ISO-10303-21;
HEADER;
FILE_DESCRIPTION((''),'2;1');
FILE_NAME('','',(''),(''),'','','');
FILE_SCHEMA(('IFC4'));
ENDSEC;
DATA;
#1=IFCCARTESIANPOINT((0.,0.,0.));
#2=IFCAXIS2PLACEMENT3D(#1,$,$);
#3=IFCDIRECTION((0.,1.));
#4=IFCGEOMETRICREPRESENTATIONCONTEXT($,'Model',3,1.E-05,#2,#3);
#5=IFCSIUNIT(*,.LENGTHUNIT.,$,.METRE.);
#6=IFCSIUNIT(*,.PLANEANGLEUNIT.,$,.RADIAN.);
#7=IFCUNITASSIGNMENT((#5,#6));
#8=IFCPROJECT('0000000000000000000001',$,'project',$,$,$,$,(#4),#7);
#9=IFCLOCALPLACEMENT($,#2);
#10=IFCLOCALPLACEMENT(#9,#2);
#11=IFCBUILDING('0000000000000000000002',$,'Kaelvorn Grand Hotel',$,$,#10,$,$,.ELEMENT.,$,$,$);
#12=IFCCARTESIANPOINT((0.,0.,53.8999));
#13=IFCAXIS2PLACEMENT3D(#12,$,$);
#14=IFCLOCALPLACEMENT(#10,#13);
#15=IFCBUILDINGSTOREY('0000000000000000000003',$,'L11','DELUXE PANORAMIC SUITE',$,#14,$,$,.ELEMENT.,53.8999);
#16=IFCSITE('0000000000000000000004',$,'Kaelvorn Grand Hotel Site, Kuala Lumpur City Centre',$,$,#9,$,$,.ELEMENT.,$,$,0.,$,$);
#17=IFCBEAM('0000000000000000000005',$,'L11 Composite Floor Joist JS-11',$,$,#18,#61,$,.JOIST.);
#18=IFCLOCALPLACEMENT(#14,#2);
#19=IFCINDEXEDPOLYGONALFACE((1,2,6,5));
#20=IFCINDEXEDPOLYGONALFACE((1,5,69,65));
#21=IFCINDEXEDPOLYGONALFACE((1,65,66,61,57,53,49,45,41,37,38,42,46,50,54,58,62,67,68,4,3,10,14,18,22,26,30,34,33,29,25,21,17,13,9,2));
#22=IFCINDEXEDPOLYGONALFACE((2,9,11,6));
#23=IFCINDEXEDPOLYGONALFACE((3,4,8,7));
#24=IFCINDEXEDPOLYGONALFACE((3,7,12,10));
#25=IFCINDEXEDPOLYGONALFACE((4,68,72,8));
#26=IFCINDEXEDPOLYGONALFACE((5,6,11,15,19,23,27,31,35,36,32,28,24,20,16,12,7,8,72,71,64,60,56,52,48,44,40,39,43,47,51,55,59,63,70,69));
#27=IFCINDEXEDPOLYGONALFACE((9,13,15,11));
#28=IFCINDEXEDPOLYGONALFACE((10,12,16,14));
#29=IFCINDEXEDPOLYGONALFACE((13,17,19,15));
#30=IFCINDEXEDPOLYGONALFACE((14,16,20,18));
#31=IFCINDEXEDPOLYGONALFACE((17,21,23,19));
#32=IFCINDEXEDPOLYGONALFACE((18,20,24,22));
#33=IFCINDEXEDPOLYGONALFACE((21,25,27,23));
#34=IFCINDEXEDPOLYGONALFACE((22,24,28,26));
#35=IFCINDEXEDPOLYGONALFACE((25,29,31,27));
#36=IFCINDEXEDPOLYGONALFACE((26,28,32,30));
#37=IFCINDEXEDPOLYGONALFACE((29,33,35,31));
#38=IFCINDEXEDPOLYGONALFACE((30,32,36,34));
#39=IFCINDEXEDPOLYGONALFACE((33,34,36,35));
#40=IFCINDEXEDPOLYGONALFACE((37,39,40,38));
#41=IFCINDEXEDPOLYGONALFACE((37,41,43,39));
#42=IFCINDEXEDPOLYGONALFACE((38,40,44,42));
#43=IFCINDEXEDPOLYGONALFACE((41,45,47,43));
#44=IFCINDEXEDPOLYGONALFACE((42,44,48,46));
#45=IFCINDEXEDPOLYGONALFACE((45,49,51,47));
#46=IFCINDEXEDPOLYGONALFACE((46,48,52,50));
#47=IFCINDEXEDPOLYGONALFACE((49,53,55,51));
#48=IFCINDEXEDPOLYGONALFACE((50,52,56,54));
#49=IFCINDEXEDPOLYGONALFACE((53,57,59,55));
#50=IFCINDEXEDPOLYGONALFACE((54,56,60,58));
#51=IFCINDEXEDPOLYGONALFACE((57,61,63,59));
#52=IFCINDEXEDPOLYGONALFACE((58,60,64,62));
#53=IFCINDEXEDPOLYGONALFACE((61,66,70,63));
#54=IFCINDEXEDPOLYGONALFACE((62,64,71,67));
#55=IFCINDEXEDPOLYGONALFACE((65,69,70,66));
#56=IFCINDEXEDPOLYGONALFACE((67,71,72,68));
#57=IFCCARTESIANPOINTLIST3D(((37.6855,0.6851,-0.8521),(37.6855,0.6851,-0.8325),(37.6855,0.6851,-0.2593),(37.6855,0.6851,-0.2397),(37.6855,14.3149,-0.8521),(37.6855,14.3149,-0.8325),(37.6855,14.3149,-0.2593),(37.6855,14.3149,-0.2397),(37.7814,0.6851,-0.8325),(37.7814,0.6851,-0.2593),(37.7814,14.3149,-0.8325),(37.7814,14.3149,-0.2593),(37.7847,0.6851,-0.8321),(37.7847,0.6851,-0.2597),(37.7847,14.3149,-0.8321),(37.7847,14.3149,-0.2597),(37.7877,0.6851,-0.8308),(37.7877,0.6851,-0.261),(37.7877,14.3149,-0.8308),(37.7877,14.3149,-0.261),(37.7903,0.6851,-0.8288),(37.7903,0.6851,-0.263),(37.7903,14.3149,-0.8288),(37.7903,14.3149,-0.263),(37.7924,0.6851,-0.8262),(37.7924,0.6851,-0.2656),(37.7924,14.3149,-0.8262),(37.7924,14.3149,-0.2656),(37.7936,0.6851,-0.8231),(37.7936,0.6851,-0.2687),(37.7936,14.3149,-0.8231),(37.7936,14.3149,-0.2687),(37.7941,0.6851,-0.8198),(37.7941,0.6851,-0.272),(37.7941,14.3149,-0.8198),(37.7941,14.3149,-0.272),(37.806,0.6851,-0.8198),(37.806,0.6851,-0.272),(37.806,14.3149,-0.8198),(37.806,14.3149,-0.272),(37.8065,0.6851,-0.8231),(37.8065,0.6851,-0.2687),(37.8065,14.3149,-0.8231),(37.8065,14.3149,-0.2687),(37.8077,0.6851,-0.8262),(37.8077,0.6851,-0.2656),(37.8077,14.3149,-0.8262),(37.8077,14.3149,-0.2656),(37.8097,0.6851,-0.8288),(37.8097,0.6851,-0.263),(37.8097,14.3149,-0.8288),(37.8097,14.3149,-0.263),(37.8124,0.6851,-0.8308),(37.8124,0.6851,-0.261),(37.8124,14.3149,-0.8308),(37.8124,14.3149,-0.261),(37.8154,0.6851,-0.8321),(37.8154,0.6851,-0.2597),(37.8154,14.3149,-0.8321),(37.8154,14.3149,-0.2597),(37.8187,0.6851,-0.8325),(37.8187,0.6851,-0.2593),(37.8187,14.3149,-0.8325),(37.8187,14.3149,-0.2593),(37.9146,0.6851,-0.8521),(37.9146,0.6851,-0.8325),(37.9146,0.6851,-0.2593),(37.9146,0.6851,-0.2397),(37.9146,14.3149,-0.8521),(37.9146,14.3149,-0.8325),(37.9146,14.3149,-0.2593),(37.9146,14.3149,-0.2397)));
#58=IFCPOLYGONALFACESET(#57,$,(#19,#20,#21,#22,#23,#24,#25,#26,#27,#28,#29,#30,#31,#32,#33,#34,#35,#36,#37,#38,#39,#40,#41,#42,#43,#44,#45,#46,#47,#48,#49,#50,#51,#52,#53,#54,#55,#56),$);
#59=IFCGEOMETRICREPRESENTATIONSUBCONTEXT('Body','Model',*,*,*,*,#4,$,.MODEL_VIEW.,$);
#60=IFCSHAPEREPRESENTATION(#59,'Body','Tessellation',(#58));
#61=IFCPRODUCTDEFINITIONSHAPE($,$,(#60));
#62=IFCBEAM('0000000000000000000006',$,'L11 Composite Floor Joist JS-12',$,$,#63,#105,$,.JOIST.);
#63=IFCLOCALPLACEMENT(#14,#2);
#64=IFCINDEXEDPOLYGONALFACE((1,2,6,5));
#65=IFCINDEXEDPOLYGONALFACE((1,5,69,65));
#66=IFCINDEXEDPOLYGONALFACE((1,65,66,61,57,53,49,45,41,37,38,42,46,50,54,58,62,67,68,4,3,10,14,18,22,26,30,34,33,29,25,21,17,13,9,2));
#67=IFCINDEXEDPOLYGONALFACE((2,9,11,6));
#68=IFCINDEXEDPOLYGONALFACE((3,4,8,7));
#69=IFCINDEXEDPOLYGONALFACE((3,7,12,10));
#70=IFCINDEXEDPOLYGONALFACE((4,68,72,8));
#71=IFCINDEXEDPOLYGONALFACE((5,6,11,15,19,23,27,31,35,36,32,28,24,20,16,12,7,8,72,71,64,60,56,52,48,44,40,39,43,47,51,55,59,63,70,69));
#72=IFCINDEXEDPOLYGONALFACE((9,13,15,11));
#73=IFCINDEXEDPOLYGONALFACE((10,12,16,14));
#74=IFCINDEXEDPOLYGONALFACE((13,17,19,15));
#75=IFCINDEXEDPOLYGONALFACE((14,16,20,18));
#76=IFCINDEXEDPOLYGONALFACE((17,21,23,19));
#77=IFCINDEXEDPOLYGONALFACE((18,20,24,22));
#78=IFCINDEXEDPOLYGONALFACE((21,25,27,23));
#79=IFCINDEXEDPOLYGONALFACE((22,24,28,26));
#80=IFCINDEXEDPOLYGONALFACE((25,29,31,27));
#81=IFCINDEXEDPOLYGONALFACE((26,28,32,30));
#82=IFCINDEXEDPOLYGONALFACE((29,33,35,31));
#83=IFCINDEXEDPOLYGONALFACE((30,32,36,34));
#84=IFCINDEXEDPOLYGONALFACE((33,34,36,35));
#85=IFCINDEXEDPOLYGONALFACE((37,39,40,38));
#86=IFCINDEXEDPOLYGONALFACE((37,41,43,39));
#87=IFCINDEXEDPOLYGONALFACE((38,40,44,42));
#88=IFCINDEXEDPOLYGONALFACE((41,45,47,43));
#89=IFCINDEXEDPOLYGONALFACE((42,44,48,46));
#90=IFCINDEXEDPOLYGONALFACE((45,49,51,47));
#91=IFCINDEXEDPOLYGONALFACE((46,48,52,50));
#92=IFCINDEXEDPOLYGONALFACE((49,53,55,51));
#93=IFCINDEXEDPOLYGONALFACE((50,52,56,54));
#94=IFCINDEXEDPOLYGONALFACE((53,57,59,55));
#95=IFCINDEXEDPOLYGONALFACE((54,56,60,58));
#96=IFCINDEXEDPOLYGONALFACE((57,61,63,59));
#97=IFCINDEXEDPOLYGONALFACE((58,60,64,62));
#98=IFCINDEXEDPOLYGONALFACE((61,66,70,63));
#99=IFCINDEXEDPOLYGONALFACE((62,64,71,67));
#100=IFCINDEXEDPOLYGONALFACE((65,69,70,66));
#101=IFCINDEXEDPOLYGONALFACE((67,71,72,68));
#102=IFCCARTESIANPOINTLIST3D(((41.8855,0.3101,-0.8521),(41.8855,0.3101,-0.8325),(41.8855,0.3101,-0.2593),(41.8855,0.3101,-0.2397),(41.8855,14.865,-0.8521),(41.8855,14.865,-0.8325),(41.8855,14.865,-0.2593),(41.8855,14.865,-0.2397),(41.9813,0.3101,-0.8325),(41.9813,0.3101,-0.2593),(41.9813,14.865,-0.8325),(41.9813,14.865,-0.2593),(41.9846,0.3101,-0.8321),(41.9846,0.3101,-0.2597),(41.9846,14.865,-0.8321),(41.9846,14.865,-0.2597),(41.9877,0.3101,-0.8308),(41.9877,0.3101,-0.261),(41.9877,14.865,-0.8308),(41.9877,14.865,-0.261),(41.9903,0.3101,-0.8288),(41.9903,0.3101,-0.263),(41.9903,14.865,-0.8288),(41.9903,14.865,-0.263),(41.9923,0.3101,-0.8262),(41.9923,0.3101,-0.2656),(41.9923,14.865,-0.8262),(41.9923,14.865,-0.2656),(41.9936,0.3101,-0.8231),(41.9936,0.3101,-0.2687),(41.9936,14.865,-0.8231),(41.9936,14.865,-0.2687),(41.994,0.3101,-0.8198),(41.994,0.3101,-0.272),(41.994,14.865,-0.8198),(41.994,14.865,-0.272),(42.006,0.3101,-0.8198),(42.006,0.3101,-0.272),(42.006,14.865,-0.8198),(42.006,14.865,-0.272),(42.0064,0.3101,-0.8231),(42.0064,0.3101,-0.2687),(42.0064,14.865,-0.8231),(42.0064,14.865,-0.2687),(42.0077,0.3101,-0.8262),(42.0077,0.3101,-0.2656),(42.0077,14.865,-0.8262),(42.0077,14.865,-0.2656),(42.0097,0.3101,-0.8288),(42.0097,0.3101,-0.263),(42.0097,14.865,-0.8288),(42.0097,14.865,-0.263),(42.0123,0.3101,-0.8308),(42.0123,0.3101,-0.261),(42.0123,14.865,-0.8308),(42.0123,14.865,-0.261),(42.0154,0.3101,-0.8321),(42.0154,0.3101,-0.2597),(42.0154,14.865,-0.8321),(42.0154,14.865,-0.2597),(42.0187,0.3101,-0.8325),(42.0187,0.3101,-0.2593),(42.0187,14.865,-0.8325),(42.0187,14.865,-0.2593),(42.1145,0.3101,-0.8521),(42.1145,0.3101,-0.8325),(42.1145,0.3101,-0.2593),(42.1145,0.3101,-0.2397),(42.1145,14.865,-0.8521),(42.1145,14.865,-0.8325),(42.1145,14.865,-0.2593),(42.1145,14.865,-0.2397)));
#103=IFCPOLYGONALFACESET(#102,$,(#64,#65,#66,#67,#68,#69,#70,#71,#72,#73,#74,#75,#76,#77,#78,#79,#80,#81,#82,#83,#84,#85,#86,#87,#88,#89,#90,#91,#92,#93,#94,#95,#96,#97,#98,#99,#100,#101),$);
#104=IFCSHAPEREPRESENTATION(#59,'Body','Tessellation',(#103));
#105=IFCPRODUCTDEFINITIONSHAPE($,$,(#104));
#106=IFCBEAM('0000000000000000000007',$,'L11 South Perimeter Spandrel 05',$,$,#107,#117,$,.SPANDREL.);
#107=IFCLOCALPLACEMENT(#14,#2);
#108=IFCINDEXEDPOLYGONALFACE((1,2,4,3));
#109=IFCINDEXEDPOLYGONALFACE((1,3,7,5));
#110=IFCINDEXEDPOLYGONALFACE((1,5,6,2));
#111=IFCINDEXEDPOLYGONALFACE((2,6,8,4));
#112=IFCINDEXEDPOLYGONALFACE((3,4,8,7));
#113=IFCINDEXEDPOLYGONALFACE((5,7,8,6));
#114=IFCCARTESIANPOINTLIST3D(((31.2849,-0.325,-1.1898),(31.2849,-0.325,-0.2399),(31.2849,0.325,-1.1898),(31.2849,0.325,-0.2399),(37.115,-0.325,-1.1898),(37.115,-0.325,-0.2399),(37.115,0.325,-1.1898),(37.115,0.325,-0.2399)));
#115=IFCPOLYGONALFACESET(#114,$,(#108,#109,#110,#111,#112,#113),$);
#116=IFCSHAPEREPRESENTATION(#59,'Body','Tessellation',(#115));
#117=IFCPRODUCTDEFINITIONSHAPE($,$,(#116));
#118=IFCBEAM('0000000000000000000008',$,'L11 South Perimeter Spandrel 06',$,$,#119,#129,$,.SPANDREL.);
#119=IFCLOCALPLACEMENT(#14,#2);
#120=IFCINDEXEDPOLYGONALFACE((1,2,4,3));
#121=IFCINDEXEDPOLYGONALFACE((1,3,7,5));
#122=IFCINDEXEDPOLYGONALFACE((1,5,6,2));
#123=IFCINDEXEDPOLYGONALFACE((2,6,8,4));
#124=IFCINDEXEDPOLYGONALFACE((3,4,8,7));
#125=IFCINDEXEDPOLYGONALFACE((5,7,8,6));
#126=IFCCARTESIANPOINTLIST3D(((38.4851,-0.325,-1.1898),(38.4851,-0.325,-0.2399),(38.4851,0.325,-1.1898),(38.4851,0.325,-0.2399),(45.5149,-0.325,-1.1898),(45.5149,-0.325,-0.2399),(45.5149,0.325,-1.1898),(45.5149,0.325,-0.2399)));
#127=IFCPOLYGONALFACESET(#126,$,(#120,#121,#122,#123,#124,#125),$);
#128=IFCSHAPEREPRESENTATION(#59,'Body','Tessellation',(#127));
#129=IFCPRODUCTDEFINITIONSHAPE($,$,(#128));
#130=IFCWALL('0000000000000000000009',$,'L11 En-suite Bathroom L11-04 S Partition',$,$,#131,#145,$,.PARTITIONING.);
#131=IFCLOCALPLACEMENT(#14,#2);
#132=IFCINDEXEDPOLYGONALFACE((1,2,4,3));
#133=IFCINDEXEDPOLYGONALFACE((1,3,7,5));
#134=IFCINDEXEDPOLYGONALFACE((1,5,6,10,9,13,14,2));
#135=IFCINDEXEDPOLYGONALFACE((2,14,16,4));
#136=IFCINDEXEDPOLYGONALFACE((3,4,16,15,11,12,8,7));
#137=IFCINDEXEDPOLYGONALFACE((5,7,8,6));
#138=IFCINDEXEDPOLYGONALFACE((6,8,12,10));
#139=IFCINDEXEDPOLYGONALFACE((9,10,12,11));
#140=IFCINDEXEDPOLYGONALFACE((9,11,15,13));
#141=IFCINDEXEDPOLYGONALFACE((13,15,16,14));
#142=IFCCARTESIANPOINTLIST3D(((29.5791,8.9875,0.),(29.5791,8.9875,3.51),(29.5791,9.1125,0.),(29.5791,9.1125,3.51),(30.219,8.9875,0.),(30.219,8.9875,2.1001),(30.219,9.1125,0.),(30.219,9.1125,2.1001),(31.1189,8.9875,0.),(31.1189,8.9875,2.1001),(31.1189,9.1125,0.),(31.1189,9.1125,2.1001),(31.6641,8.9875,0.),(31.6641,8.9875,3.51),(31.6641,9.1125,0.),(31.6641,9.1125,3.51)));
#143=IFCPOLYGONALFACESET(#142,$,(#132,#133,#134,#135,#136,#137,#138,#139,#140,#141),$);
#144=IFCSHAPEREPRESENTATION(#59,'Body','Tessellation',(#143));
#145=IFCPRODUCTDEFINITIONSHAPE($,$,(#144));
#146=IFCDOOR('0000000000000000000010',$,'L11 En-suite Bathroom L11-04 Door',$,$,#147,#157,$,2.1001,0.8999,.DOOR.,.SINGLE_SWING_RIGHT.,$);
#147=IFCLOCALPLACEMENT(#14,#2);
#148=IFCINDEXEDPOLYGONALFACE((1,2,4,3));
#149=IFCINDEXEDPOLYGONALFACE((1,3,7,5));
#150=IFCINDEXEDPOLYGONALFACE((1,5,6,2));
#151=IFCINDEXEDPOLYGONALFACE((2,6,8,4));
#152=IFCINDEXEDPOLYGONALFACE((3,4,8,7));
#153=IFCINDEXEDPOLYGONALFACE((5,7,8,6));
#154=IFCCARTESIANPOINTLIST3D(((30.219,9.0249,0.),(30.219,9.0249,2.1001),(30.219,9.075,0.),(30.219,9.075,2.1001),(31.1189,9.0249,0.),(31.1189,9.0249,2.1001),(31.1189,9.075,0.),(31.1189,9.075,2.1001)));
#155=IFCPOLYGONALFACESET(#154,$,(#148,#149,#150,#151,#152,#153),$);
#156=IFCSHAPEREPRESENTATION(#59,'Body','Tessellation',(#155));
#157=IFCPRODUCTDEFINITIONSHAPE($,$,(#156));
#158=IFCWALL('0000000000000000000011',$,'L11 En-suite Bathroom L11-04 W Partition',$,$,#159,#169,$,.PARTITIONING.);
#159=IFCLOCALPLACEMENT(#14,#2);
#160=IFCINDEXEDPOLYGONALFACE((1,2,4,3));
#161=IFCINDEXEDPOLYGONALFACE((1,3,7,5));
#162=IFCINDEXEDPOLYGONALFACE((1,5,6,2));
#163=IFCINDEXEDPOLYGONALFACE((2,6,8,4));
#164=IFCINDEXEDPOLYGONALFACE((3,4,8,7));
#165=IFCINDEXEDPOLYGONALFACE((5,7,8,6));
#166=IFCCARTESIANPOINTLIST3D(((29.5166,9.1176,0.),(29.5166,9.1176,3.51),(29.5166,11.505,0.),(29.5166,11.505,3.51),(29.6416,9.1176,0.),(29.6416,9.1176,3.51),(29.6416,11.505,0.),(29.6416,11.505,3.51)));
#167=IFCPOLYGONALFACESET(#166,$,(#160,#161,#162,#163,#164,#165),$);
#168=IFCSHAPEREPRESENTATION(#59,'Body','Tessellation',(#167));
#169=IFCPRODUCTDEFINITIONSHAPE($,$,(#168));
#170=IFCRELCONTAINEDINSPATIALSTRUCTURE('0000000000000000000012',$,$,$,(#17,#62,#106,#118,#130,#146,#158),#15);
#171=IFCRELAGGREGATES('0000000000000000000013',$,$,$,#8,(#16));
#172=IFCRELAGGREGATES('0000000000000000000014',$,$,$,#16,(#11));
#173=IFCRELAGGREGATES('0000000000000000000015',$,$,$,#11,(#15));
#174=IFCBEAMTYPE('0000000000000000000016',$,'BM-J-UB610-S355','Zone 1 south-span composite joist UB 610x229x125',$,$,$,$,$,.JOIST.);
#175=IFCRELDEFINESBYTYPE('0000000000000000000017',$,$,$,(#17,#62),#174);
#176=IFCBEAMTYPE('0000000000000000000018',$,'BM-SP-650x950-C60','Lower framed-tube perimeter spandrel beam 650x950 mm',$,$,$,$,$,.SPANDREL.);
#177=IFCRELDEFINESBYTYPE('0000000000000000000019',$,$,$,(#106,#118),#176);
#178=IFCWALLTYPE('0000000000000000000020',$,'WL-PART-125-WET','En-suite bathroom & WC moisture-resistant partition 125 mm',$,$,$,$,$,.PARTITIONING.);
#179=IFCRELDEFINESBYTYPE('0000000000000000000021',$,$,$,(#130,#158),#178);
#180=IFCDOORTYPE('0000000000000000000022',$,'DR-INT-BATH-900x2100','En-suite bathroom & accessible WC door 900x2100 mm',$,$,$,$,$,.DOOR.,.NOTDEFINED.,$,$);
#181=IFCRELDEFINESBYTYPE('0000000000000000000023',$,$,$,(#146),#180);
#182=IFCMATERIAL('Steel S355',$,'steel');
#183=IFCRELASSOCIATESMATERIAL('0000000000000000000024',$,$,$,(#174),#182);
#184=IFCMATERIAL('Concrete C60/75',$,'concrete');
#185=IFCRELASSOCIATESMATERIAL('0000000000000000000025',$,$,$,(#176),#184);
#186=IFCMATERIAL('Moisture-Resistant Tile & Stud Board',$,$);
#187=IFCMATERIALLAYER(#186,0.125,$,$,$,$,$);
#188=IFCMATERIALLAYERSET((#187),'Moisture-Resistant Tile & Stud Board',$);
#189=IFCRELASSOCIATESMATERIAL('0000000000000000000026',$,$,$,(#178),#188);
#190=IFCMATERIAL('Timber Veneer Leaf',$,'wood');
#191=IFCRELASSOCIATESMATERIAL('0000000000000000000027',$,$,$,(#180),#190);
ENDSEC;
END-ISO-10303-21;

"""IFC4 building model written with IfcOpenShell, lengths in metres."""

from ifc_helpers import new_model, si_unit, direction, frame, frame_2d, origin, origin_2d, place, context, subcontext, project, spatial, rectangle, i_section, extrude, material, layer, layer_set, material_profile, profile_set, type_object, element, fill, save


model = new_model("IFC4")

# Units and contexts
model_context = context("Model", 3, precision=1e-05, world=origin(), true_north=direction((0.0, 1.0)))
body_context = subcontext(model_context, "Body", "Model", "MODEL_VIEW")
ifc_project = project(units=[si_unit("LENGTHUNIT", "METRE"), si_unit("PLANEANGLEUNIT", "RADIAN")], contexts=[model_context])

# Site, building, storey
site_placement = place(None, origin())
site = spatial("IfcSite", under=ifc_project, at=site_placement, Name="Kaelvorn Grand Hotel Site, Kuala Lumpur City Centre", CompositionType="ELEMENT", RefElevation=0.0)
building_placement = place(site_placement, origin())
building = spatial("IfcBuilding", under=site, at=building_placement, Name="Kaelvorn Grand Hotel", CompositionType="ELEMENT")
storey_placement = place(building_placement, frame((0.0, 0.0, 53.8999)))
storey = spatial("IfcBuildingStorey", under=building, at=storey_placement, Name="L11", Description="DELUXE PANORAMIC SUITE", CompositionType="ELEMENT", Elevation=53.8999)

# Beams
ifc_material_1 = material(Name="Steel S355", Category="steel")
ifc_material_profile_1 = material_profile(ifc_material_1, i_section(OverallWidth=0.229, OverallDepth=0.6123, WebThickness=0.012, FlangeThickness=0.0195, FilletRadius=0.0127, at=origin_2d()), Name="UB 610x229x125")
ifc_profile_set_1 = profile_set([ifc_material_profile_1], Name="Steel S355")
beam_type_1 = type_object("IfcBeamType", Name="BM-J-UB610-S355", Description="Zone 1 south-span composite joist UB 610x229x125", PredefinedType="JOIST", material=ifc_profile_set_1)
beam_1_placement = place(storey_placement, frame((37.8, 0.6851, -0.5459), z_axis=(0.0, 1.0, 0.0), x_axis=(-1.0, 0.0, 0.0)))
element("IfcBeam", 1, at=beam_1_placement, inside=storey, type_object=beam_type_1, Name="L11 Composite Floor Joist JS-11", PredefinedType="JOIST", context=body_context, shape_type="SweptSolid", body=[
    extrude(i_section(OverallWidth=0.229, OverallDepth=0.6123, WebThickness=0.012, FlangeThickness=0.0195, FilletRadius=0.0127, at=origin_2d()), origin(), (0.0, 0.0, 1.0), 13.6299),
])
beam_2_placement = place(storey_placement, frame((42.0, 0.3101, -0.5459), z_axis=(0.0, 1.0, 0.0), x_axis=(-1.0, 0.0, 0.0)))
element("IfcBeam", 2, at=beam_2_placement, inside=storey, type_object=beam_type_1, Name="L11 Composite Floor Joist JS-12", PredefinedType="JOIST", context=body_context, shape_type="SweptSolid", body=[
    extrude(i_section(OverallWidth=0.229, OverallDepth=0.6123, WebThickness=0.012, FlangeThickness=0.0195, FilletRadius=0.0127, at=origin_2d()), origin(), (0.0, 0.0, 1.0), 14.5549),
])
ifc_material_2 = material(Name="Concrete C60/75", Category="concrete")
ifc_material_profile_2 = material_profile(ifc_material_2, rectangle(XDim=0.6499, YDim=0.95, at=origin_2d()), Name="RC SPANDREL 650x950")
ifc_profile_set_2 = profile_set([ifc_material_profile_2], Name="Concrete C60/75")
beam_type_2 = type_object("IfcBeamType", Name="BM-SP-650x950-C60", Description="Lower framed-tube perimeter spandrel beam 650x950 mm", PredefinedType="SPANDREL", material=ifc_profile_set_2)
beam_3_placement = place(storey_placement, frame((31.2849, 0.0, -0.7148), z_axis=(1.0, 0.0, 0.0), x_axis=(0.0, 1.0, 0.0)))
element("IfcBeam", 3, at=beam_3_placement, inside=storey, type_object=beam_type_2, Name="L11 South Perimeter Spandrel 05", PredefinedType="SPANDREL", context=body_context, shape_type="SweptSolid", body=[
    extrude(rectangle(XDim=0.6499, YDim=0.95, at=origin_2d()), origin(), (0.0, 0.0, 1.0), 5.8301),
])
beam_4_placement = place(storey_placement, frame((38.4851, 0.0, -0.7148), z_axis=(1.0, 0.0, 0.0), x_axis=(0.0, 1.0, 0.0)))
element("IfcBeam", 4, at=beam_4_placement, inside=storey, type_object=beam_type_2, Name="L11 South Perimeter Spandrel 06", PredefinedType="SPANDREL", context=body_context, shape_type="SweptSolid", body=[
    extrude(rectangle(XDim=0.6499, YDim=0.95, at=origin_2d()), origin(), (0.0, 0.0, 1.0), 7.0298),
])

# Wall, opening, door
ifc_material_3 = material(Name="Moisture-Resistant Tile & Stud Board")
ifc_layer_1 = layer(ifc_material_3, 0.125)
ifc_layer_set_1 = layer_set([ifc_layer_1], Name="Moisture-Resistant Tile & Stud Board")
wall_type_1 = type_object("IfcWallType", Name="WL-PART-125-WET", Description="En-suite bathroom & WC moisture-resistant partition 125 mm", PredefinedType="PARTITIONING", material=ifc_layer_set_1)
wall_1_placement = place(storey_placement, frame((29.5791, 9.05, 0.0), z_axis=(0.0, 0.0, 1.0), x_axis=(1.0, 0.0, 0.0)))
wall_1 = element("IfcWall", 5, at=wall_1_placement, inside=storey, type_object=wall_type_1, Name="L11 En-suite Bathroom L11-04 S Partition", PredefinedType="PARTITIONING", context=body_context, shape_type="SweptSolid", body=[
    extrude(rectangle(XDim=2.085, YDim=0.125, at=frame_2d((1.0425, 0.0))), origin(), (0.0, 0.0, 1.0), 3.51),
])
opening_1_placement = place(wall_1_placement, frame((0.6399, 0.0, 0.0)))
opening_1 = element("IfcOpeningElement", 6, at=opening_1_placement, cuts=wall_1, PredefinedType="OPENING", context=body_context, shape_type="SweptSolid", body=[
    extrude(rectangle(XDim=0.8999, YDim=2.1001, at=frame_2d((0.45, 1.05))), frame((0.0, 0.0725, 0.0), z_axis=(0.0, -1.0, 0.0), x_axis=(1.0, 0.0, 0.0)), (0.0, 0.0, 1.0), 0.145),
])
ifc_material_4 = material(Name="Timber Veneer Leaf", Category="wood")
door_type_1 = type_object("IfcDoorType", Name="DR-INT-BATH-900x2100", Description="En-suite bathroom & accessible WC door 900x2100 mm", OperationType="NOTDEFINED", PredefinedType="DOOR", material=ifc_material_4)
door_1_placement = place(opening_1_placement, origin())
door_1 = element("IfcDoor", 7, at=door_1_placement, inside=storey, type_object=door_type_1, Name="L11 En-suite Bathroom L11-04 Door", OperationType="SINGLE_SWING_RIGHT", OverallHeight=2.1001, OverallWidth=0.8999, PredefinedType="DOOR", context=body_context, shape_type="SweptSolid", body=[
    extrude(rectangle(XDim=0.8999, YDim=2.1001, at=frame_2d((0.45, 1.05))), frame((0.0, 0.0249, 0.0), z_axis=(0.0, -1.0, 0.0), x_axis=(1.0, 0.0, 0.0)), (0.0, 0.0, 1.0), 0.05),
])
fill(opening_1, door_1)

# Wall
wall_2_placement = place(storey_placement, frame((29.5791, 9.1174, 0.0), z_axis=(0.0, 0.0, 1.0), x_axis=(0.0, 1.0, 0.0)))
element("IfcWall", 8, at=wall_2_placement, inside=storey, type_object=wall_type_1, Name="L11 En-suite Bathroom L11-04 W Partition", PredefinedType="PARTITIONING", context=body_context, shape_type="SweptSolid", body=[
    extrude(rectangle(XDim=2.3875, YDim=0.125, at=frame_2d((1.1938, 0.0))), origin(), (0.0, 0.0, 1.0), 3.51),
])

save(model, "model.ifc")
